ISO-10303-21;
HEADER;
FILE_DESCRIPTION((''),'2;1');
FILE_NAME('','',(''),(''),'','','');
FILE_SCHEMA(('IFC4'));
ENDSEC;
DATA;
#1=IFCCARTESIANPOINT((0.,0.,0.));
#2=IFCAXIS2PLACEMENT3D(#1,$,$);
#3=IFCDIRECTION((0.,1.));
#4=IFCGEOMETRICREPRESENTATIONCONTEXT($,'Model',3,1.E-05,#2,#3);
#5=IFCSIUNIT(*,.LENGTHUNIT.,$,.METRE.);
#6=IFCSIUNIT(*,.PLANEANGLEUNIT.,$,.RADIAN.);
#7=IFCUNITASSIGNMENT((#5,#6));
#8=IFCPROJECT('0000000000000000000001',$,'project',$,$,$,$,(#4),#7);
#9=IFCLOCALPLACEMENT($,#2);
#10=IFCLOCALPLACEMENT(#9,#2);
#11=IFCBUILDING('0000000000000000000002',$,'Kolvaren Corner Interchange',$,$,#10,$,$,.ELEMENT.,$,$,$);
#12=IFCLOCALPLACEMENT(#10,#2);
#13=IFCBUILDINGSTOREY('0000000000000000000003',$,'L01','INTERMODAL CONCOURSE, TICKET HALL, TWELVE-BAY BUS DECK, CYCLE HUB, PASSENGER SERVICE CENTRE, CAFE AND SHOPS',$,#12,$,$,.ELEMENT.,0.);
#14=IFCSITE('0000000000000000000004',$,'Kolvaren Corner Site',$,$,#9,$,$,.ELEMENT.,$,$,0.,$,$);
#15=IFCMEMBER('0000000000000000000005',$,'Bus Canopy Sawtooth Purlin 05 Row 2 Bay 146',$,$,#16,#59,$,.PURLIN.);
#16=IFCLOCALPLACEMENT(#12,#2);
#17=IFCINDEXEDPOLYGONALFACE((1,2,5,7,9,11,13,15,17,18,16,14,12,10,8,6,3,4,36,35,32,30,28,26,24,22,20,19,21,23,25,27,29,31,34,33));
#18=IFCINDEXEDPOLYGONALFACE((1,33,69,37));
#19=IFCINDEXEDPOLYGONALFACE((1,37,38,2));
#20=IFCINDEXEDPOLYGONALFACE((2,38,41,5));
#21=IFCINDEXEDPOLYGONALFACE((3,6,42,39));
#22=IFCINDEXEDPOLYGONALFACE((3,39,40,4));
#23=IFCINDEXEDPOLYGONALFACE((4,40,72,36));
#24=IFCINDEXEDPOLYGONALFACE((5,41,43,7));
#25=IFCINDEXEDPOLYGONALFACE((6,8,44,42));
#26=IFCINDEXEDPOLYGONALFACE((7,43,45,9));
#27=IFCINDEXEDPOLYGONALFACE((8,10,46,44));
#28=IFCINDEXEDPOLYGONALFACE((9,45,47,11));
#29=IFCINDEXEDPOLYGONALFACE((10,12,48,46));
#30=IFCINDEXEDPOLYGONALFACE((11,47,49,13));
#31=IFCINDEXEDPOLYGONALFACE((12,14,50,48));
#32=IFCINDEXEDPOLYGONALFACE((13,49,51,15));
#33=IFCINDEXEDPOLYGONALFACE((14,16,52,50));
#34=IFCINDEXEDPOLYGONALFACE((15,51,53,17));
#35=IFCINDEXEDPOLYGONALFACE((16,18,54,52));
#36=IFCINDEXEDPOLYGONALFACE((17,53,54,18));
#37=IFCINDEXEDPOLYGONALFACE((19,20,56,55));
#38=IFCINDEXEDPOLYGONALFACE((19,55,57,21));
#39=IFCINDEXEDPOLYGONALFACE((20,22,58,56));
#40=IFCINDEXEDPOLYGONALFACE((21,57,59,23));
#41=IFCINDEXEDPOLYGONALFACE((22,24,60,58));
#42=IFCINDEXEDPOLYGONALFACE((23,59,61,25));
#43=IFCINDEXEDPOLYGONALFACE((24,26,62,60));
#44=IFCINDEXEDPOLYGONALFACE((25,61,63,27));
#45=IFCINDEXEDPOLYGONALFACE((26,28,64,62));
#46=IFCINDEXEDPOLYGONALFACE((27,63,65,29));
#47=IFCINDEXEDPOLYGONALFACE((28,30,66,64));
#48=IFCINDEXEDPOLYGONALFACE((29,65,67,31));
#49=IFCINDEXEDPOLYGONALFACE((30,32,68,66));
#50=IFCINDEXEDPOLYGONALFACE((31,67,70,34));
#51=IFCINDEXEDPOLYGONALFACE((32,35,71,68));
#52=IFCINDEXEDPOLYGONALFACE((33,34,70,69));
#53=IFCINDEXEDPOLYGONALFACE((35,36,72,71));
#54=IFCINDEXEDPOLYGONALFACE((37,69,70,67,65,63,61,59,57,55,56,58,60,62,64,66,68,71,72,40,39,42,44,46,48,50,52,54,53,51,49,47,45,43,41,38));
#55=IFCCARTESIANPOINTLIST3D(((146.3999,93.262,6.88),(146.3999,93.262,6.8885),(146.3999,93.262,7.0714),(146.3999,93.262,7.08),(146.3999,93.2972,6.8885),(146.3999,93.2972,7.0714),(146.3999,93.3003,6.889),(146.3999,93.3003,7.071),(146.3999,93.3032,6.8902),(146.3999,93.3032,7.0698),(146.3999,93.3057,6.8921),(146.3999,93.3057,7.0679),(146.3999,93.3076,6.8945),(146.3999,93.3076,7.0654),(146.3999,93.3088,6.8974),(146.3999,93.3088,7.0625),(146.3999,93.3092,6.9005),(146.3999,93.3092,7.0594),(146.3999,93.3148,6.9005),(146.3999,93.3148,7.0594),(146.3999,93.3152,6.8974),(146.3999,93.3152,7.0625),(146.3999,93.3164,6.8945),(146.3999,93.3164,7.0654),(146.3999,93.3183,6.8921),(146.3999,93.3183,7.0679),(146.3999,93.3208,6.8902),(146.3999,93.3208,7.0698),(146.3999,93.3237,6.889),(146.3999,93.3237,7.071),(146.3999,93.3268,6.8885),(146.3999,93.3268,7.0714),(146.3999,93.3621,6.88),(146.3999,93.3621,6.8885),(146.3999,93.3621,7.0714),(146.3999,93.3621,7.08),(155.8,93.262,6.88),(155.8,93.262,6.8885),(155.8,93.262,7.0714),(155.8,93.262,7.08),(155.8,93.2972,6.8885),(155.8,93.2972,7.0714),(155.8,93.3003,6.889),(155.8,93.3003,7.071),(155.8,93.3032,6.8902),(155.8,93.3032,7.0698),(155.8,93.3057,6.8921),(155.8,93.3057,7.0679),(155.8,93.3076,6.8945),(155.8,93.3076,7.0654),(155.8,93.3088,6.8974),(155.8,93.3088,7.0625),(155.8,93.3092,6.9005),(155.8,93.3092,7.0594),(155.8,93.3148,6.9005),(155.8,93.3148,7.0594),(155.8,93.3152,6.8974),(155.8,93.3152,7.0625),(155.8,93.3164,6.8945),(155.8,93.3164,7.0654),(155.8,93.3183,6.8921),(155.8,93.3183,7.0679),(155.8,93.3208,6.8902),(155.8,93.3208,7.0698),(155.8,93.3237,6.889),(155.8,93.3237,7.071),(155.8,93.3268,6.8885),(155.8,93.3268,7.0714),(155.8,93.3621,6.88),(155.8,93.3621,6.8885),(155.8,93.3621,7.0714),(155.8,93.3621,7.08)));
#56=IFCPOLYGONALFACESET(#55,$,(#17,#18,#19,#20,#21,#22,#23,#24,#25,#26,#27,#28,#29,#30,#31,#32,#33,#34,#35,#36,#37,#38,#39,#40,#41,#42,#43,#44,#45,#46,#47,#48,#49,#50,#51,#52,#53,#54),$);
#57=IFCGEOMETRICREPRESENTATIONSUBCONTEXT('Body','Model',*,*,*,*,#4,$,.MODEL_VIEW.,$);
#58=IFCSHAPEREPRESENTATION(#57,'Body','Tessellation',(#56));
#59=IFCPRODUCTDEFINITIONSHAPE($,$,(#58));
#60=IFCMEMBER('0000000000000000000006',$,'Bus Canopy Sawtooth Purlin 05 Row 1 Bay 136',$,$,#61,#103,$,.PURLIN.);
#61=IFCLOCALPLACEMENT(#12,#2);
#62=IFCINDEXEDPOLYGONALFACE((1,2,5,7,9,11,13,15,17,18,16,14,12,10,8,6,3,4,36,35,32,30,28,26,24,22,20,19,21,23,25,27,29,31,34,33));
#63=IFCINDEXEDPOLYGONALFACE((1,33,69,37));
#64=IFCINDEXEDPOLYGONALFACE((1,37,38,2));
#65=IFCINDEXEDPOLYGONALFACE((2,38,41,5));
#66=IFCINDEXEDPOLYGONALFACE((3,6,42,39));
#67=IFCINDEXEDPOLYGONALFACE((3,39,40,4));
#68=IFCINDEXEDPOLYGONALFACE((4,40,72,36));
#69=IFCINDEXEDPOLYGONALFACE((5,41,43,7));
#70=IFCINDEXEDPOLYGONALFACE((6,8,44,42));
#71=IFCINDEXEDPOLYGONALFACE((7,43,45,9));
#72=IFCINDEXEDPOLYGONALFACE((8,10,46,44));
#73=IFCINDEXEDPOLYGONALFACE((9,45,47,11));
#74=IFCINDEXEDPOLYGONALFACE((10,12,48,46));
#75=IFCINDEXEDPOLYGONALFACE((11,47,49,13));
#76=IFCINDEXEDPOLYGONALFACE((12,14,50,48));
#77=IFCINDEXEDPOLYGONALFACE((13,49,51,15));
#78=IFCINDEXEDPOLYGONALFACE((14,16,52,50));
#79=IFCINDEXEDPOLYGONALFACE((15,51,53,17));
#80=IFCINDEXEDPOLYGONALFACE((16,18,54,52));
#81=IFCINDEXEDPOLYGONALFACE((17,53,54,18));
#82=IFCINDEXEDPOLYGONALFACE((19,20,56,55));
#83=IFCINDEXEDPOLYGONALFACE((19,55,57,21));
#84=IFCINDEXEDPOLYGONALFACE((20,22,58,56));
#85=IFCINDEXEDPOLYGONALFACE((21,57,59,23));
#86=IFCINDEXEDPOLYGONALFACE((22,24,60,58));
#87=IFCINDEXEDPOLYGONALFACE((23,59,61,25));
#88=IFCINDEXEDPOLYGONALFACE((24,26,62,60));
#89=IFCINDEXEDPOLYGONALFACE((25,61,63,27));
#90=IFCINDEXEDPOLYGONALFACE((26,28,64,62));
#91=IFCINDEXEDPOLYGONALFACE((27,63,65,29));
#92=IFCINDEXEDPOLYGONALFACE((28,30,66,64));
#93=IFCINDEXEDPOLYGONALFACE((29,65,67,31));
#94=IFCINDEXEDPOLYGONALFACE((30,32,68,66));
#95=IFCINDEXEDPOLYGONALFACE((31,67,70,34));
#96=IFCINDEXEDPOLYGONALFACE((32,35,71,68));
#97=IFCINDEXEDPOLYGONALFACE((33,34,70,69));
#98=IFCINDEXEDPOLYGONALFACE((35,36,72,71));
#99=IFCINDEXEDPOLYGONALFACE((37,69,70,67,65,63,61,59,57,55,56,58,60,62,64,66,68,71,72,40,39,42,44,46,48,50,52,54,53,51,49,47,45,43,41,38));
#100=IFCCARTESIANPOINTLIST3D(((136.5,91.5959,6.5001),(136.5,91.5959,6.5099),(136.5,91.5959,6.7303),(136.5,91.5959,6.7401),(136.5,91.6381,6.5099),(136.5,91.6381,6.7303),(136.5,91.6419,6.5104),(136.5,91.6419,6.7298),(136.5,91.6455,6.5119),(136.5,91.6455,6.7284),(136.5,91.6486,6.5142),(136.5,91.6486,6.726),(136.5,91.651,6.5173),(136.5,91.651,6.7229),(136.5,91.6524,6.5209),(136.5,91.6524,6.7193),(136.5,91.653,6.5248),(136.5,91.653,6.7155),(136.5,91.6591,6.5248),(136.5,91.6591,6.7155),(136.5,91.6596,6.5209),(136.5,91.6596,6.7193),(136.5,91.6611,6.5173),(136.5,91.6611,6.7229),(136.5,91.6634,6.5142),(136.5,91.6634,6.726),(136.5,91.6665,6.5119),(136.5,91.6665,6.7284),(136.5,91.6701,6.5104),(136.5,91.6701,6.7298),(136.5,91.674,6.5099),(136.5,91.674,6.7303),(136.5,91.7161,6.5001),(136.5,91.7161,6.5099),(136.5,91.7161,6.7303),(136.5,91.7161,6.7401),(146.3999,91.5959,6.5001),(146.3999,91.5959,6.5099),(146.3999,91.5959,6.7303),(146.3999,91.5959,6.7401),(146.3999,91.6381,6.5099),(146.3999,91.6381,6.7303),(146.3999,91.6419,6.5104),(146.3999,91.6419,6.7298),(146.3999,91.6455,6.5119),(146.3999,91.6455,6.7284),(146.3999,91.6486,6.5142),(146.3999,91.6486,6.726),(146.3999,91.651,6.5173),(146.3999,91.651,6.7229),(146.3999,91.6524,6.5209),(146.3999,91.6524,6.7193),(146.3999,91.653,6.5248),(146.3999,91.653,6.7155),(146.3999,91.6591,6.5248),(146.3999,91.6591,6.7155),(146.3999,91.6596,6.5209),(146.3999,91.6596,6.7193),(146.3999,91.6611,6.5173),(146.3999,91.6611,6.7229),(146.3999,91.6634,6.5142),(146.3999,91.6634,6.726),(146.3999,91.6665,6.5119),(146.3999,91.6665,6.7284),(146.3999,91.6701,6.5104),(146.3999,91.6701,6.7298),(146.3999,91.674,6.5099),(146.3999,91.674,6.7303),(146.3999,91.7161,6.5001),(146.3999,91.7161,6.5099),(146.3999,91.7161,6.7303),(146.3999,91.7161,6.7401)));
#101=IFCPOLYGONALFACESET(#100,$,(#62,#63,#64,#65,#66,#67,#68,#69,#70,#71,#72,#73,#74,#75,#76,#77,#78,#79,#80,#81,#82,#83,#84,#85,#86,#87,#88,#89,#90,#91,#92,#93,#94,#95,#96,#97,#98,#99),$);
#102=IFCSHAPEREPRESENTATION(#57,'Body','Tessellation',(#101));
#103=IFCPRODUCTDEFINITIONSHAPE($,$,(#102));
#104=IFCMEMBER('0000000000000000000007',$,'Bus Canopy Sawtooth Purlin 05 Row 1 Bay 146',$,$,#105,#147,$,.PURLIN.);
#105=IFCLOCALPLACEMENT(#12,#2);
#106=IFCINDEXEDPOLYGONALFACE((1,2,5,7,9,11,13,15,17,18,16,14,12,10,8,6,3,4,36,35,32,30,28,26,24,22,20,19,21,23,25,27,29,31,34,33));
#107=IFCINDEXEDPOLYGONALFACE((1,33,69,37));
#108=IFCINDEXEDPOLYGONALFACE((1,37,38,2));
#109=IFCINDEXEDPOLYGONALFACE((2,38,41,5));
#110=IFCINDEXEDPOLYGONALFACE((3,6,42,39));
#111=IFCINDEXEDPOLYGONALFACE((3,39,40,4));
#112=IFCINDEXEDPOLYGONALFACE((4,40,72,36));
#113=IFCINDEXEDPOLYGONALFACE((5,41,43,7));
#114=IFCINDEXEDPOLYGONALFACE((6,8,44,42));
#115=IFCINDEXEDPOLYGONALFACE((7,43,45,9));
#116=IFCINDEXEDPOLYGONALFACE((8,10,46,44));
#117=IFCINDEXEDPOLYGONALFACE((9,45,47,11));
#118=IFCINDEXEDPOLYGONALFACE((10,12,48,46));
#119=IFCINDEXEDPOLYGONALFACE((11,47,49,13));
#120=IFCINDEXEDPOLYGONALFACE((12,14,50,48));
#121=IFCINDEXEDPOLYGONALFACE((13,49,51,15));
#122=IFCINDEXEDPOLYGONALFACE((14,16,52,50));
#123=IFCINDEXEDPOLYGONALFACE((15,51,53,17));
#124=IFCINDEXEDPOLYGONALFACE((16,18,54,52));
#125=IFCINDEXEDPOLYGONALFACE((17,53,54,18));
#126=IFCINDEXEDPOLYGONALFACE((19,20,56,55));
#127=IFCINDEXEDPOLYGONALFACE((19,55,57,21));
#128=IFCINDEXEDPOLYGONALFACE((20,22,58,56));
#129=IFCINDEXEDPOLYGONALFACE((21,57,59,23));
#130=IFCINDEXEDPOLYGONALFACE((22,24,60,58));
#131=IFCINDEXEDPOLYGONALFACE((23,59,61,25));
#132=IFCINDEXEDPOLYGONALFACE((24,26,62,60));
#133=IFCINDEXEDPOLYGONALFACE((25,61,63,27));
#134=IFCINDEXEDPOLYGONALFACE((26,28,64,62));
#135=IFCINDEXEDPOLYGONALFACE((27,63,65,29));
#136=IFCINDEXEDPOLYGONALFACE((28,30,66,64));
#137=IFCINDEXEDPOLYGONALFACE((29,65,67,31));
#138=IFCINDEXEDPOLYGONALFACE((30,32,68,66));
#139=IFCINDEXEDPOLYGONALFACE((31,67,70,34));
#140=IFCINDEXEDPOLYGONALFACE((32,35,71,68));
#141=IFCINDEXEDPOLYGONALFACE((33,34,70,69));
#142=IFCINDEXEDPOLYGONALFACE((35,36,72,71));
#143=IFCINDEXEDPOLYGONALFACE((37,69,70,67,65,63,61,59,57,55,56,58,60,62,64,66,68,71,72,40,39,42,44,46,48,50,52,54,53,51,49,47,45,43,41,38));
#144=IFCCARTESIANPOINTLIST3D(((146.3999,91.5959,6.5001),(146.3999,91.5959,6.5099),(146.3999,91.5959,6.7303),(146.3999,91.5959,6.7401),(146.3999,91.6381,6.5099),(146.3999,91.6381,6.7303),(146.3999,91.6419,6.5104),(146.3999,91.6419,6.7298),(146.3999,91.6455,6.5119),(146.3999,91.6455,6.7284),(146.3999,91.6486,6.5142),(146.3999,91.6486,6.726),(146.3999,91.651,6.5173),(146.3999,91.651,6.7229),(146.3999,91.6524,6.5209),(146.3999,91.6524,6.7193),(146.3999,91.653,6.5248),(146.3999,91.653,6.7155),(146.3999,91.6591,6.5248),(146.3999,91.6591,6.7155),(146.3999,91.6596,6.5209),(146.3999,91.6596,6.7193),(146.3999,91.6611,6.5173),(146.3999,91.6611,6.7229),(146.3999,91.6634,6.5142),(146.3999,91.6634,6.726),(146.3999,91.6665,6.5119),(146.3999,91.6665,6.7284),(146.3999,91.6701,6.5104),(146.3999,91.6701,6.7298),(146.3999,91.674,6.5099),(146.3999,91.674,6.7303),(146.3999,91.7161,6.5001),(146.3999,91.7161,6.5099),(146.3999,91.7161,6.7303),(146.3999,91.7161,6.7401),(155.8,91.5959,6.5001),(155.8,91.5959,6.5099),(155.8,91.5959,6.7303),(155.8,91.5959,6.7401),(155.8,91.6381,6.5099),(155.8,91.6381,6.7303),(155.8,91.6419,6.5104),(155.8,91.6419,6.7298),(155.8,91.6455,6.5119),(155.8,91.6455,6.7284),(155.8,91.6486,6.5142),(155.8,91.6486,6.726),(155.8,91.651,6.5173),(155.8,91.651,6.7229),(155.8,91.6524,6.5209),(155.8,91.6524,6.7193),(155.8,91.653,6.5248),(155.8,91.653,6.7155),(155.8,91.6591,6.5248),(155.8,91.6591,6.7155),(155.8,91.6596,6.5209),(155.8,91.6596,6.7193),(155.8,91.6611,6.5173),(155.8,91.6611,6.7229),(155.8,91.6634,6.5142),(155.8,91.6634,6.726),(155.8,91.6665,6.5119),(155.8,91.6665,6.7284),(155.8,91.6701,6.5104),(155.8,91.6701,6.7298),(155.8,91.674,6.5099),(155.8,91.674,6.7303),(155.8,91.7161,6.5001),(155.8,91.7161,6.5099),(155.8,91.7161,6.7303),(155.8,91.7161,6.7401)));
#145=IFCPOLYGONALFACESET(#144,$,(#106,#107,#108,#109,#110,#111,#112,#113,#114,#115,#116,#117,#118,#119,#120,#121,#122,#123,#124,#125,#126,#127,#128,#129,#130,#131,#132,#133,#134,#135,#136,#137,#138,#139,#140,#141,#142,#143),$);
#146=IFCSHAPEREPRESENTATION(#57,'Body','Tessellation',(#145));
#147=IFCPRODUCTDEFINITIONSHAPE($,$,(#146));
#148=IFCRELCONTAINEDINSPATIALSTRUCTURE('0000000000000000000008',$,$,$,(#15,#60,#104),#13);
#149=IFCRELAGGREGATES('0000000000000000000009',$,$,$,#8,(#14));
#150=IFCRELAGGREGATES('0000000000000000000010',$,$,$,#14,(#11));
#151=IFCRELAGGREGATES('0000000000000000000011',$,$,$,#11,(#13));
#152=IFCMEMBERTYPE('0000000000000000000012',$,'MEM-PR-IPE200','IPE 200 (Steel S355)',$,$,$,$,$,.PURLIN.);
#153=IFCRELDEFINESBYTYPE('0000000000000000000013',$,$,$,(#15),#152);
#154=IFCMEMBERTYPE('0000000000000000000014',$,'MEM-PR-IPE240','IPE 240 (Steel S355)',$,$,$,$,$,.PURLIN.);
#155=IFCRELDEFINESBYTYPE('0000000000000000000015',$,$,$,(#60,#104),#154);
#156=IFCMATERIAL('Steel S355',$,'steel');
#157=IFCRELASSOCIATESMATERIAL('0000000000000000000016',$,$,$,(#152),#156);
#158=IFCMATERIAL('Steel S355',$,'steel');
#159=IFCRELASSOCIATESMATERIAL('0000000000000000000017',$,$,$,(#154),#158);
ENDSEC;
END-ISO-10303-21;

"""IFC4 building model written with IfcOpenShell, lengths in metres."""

from ifc_helpers import new_model, si_unit, direction, frame, origin, origin_2d, place, context, subcontext, project, spatial, i_section, extrude, material, material_profile, profile_set, type_object, element, save


model = new_model("IFC4")

# Units and contexts
model_context = context("Model", 3, precision=1e-05, world=origin(), true_north=direction((0.0, 1.0)))
body_context = subcontext(model_context, "Body", "Model", "MODEL_VIEW")
ifc_project = project(units=[si_unit("LENGTHUNIT", "METRE"), si_unit("PLANEANGLEUNIT", "RADIAN")], contexts=[model_context])

# Site, building, storey
site_placement = place(None, origin())
site = spatial("IfcSite", under=ifc_project, at=site_placement, Name="Kolvaren Corner Site", CompositionType="ELEMENT", RefElevation=0.0)
building_placement = place(site_placement, origin())
building = spatial("IfcBuilding", under=site, at=building_placement, Name="Kolvaren Corner Interchange", CompositionType="ELEMENT")
storey_placement = place(building_placement, origin())
storey = spatial("IfcBuildingStorey", under=building, at=storey_placement, Name="L01", Description="INTERMODAL CONCOURSE, TICKET HALL, TWELVE-BAY BUS DECK, CYCLE HUB, PASSENGER SERVICE CENTRE, CAFE AND SHOPS", CompositionType="ELEMENT", Elevation=0.0)

# Members
ifc_material_1 = material(Name="Steel S355", Category="steel")
ifc_material_profile_1 = material_profile(ifc_material_1, i_section(OverallWidth=0.1001, OverallDepth=0.2, WebThickness=0.0056, FlangeThickness=0.0085, FilletRadius=0.012, at=origin_2d()), Name="IPE 200")
ifc_profile_set_1 = profile_set([ifc_material_profile_1], Name="Steel S355")
member_type_1 = type_object("IfcMemberType", Name="MEM-PR-IPE200", Description="IPE 200 (Steel S355)", PredefinedType="PURLIN", material=ifc_profile_set_1)
member_1_placement = place(storey_placement, frame((146.3999, 93.312, 6.98), z_axis=(1.0, 0.0, 0.0), x_axis=(0.0, 1.0, 0.0)))
element("IfcMember", 1, at=member_1_placement, inside=storey, type_object=member_type_1, Name="Bus Canopy Sawtooth Purlin 05 Row 2 Bay 146", PredefinedType="PURLIN", context=body_context, shape_type="SweptSolid", body=[
    extrude(i_section(OverallWidth=0.1001, OverallDepth=0.2, WebThickness=0.0056, FlangeThickness=0.0085, FilletRadius=0.012, at=origin_2d()), origin(), (0.0, 0.0, 1.0), 9.4001),
])
ifc_material_2 = material(Name="Steel S355", Category="steel")
ifc_material_profile_2 = material_profile(ifc_material_2, i_section(OverallWidth=0.1201, OverallDepth=0.24, WebThickness=0.0061, FlangeThickness=0.0098, FilletRadius=0.0149, at=origin_2d()), Name="IPE 240")
ifc_profile_set_2 = profile_set([ifc_material_profile_2], Name="Steel S355")
member_type_2 = type_object("IfcMemberType", Name="MEM-PR-IPE240", Description="IPE 240 (Steel S355)", PredefinedType="PURLIN", material=ifc_profile_set_2)
member_2_placement = place(storey_placement, frame((136.5, 91.656, 6.6201), z_axis=(1.0, 0.0, 0.0), x_axis=(0.0, 1.0, 0.0)))
element("IfcMember", 2, at=member_2_placement, inside=storey, type_object=member_type_2, Name="Bus Canopy Sawtooth Purlin 05 Row 1 Bay 136", PredefinedType="PURLIN", context=body_context, shape_type="SweptSolid", body=[
    extrude(i_section(OverallWidth=0.1201, OverallDepth=0.24, WebThickness=0.0061, FlangeThickness=0.0098, FilletRadius=0.0149, at=origin_2d()), origin(), (0.0, 0.0, 1.0), 9.8999),
])
member_3_placement = place(storey_placement, frame((146.3999, 91.656, 6.6201), z_axis=(1.0, 0.0, 0.0), x_axis=(0.0, 1.0, 0.0)))
element("IfcMember", 3, at=member_3_placement, inside=storey, type_object=member_type_2, Name="Bus Canopy Sawtooth Purlin 05 Row 1 Bay 146", PredefinedType="PURLIN", context=body_context, shape_type="SweptSolid", body=[
    extrude(i_section(OverallWidth=0.1201, OverallDepth=0.24, WebThickness=0.0061, FlangeThickness=0.0098, FilletRadius=0.0149, at=origin_2d()), origin(), (0.0, 0.0, 1.0), 9.4001),
])

save(model, "model.ifc")
